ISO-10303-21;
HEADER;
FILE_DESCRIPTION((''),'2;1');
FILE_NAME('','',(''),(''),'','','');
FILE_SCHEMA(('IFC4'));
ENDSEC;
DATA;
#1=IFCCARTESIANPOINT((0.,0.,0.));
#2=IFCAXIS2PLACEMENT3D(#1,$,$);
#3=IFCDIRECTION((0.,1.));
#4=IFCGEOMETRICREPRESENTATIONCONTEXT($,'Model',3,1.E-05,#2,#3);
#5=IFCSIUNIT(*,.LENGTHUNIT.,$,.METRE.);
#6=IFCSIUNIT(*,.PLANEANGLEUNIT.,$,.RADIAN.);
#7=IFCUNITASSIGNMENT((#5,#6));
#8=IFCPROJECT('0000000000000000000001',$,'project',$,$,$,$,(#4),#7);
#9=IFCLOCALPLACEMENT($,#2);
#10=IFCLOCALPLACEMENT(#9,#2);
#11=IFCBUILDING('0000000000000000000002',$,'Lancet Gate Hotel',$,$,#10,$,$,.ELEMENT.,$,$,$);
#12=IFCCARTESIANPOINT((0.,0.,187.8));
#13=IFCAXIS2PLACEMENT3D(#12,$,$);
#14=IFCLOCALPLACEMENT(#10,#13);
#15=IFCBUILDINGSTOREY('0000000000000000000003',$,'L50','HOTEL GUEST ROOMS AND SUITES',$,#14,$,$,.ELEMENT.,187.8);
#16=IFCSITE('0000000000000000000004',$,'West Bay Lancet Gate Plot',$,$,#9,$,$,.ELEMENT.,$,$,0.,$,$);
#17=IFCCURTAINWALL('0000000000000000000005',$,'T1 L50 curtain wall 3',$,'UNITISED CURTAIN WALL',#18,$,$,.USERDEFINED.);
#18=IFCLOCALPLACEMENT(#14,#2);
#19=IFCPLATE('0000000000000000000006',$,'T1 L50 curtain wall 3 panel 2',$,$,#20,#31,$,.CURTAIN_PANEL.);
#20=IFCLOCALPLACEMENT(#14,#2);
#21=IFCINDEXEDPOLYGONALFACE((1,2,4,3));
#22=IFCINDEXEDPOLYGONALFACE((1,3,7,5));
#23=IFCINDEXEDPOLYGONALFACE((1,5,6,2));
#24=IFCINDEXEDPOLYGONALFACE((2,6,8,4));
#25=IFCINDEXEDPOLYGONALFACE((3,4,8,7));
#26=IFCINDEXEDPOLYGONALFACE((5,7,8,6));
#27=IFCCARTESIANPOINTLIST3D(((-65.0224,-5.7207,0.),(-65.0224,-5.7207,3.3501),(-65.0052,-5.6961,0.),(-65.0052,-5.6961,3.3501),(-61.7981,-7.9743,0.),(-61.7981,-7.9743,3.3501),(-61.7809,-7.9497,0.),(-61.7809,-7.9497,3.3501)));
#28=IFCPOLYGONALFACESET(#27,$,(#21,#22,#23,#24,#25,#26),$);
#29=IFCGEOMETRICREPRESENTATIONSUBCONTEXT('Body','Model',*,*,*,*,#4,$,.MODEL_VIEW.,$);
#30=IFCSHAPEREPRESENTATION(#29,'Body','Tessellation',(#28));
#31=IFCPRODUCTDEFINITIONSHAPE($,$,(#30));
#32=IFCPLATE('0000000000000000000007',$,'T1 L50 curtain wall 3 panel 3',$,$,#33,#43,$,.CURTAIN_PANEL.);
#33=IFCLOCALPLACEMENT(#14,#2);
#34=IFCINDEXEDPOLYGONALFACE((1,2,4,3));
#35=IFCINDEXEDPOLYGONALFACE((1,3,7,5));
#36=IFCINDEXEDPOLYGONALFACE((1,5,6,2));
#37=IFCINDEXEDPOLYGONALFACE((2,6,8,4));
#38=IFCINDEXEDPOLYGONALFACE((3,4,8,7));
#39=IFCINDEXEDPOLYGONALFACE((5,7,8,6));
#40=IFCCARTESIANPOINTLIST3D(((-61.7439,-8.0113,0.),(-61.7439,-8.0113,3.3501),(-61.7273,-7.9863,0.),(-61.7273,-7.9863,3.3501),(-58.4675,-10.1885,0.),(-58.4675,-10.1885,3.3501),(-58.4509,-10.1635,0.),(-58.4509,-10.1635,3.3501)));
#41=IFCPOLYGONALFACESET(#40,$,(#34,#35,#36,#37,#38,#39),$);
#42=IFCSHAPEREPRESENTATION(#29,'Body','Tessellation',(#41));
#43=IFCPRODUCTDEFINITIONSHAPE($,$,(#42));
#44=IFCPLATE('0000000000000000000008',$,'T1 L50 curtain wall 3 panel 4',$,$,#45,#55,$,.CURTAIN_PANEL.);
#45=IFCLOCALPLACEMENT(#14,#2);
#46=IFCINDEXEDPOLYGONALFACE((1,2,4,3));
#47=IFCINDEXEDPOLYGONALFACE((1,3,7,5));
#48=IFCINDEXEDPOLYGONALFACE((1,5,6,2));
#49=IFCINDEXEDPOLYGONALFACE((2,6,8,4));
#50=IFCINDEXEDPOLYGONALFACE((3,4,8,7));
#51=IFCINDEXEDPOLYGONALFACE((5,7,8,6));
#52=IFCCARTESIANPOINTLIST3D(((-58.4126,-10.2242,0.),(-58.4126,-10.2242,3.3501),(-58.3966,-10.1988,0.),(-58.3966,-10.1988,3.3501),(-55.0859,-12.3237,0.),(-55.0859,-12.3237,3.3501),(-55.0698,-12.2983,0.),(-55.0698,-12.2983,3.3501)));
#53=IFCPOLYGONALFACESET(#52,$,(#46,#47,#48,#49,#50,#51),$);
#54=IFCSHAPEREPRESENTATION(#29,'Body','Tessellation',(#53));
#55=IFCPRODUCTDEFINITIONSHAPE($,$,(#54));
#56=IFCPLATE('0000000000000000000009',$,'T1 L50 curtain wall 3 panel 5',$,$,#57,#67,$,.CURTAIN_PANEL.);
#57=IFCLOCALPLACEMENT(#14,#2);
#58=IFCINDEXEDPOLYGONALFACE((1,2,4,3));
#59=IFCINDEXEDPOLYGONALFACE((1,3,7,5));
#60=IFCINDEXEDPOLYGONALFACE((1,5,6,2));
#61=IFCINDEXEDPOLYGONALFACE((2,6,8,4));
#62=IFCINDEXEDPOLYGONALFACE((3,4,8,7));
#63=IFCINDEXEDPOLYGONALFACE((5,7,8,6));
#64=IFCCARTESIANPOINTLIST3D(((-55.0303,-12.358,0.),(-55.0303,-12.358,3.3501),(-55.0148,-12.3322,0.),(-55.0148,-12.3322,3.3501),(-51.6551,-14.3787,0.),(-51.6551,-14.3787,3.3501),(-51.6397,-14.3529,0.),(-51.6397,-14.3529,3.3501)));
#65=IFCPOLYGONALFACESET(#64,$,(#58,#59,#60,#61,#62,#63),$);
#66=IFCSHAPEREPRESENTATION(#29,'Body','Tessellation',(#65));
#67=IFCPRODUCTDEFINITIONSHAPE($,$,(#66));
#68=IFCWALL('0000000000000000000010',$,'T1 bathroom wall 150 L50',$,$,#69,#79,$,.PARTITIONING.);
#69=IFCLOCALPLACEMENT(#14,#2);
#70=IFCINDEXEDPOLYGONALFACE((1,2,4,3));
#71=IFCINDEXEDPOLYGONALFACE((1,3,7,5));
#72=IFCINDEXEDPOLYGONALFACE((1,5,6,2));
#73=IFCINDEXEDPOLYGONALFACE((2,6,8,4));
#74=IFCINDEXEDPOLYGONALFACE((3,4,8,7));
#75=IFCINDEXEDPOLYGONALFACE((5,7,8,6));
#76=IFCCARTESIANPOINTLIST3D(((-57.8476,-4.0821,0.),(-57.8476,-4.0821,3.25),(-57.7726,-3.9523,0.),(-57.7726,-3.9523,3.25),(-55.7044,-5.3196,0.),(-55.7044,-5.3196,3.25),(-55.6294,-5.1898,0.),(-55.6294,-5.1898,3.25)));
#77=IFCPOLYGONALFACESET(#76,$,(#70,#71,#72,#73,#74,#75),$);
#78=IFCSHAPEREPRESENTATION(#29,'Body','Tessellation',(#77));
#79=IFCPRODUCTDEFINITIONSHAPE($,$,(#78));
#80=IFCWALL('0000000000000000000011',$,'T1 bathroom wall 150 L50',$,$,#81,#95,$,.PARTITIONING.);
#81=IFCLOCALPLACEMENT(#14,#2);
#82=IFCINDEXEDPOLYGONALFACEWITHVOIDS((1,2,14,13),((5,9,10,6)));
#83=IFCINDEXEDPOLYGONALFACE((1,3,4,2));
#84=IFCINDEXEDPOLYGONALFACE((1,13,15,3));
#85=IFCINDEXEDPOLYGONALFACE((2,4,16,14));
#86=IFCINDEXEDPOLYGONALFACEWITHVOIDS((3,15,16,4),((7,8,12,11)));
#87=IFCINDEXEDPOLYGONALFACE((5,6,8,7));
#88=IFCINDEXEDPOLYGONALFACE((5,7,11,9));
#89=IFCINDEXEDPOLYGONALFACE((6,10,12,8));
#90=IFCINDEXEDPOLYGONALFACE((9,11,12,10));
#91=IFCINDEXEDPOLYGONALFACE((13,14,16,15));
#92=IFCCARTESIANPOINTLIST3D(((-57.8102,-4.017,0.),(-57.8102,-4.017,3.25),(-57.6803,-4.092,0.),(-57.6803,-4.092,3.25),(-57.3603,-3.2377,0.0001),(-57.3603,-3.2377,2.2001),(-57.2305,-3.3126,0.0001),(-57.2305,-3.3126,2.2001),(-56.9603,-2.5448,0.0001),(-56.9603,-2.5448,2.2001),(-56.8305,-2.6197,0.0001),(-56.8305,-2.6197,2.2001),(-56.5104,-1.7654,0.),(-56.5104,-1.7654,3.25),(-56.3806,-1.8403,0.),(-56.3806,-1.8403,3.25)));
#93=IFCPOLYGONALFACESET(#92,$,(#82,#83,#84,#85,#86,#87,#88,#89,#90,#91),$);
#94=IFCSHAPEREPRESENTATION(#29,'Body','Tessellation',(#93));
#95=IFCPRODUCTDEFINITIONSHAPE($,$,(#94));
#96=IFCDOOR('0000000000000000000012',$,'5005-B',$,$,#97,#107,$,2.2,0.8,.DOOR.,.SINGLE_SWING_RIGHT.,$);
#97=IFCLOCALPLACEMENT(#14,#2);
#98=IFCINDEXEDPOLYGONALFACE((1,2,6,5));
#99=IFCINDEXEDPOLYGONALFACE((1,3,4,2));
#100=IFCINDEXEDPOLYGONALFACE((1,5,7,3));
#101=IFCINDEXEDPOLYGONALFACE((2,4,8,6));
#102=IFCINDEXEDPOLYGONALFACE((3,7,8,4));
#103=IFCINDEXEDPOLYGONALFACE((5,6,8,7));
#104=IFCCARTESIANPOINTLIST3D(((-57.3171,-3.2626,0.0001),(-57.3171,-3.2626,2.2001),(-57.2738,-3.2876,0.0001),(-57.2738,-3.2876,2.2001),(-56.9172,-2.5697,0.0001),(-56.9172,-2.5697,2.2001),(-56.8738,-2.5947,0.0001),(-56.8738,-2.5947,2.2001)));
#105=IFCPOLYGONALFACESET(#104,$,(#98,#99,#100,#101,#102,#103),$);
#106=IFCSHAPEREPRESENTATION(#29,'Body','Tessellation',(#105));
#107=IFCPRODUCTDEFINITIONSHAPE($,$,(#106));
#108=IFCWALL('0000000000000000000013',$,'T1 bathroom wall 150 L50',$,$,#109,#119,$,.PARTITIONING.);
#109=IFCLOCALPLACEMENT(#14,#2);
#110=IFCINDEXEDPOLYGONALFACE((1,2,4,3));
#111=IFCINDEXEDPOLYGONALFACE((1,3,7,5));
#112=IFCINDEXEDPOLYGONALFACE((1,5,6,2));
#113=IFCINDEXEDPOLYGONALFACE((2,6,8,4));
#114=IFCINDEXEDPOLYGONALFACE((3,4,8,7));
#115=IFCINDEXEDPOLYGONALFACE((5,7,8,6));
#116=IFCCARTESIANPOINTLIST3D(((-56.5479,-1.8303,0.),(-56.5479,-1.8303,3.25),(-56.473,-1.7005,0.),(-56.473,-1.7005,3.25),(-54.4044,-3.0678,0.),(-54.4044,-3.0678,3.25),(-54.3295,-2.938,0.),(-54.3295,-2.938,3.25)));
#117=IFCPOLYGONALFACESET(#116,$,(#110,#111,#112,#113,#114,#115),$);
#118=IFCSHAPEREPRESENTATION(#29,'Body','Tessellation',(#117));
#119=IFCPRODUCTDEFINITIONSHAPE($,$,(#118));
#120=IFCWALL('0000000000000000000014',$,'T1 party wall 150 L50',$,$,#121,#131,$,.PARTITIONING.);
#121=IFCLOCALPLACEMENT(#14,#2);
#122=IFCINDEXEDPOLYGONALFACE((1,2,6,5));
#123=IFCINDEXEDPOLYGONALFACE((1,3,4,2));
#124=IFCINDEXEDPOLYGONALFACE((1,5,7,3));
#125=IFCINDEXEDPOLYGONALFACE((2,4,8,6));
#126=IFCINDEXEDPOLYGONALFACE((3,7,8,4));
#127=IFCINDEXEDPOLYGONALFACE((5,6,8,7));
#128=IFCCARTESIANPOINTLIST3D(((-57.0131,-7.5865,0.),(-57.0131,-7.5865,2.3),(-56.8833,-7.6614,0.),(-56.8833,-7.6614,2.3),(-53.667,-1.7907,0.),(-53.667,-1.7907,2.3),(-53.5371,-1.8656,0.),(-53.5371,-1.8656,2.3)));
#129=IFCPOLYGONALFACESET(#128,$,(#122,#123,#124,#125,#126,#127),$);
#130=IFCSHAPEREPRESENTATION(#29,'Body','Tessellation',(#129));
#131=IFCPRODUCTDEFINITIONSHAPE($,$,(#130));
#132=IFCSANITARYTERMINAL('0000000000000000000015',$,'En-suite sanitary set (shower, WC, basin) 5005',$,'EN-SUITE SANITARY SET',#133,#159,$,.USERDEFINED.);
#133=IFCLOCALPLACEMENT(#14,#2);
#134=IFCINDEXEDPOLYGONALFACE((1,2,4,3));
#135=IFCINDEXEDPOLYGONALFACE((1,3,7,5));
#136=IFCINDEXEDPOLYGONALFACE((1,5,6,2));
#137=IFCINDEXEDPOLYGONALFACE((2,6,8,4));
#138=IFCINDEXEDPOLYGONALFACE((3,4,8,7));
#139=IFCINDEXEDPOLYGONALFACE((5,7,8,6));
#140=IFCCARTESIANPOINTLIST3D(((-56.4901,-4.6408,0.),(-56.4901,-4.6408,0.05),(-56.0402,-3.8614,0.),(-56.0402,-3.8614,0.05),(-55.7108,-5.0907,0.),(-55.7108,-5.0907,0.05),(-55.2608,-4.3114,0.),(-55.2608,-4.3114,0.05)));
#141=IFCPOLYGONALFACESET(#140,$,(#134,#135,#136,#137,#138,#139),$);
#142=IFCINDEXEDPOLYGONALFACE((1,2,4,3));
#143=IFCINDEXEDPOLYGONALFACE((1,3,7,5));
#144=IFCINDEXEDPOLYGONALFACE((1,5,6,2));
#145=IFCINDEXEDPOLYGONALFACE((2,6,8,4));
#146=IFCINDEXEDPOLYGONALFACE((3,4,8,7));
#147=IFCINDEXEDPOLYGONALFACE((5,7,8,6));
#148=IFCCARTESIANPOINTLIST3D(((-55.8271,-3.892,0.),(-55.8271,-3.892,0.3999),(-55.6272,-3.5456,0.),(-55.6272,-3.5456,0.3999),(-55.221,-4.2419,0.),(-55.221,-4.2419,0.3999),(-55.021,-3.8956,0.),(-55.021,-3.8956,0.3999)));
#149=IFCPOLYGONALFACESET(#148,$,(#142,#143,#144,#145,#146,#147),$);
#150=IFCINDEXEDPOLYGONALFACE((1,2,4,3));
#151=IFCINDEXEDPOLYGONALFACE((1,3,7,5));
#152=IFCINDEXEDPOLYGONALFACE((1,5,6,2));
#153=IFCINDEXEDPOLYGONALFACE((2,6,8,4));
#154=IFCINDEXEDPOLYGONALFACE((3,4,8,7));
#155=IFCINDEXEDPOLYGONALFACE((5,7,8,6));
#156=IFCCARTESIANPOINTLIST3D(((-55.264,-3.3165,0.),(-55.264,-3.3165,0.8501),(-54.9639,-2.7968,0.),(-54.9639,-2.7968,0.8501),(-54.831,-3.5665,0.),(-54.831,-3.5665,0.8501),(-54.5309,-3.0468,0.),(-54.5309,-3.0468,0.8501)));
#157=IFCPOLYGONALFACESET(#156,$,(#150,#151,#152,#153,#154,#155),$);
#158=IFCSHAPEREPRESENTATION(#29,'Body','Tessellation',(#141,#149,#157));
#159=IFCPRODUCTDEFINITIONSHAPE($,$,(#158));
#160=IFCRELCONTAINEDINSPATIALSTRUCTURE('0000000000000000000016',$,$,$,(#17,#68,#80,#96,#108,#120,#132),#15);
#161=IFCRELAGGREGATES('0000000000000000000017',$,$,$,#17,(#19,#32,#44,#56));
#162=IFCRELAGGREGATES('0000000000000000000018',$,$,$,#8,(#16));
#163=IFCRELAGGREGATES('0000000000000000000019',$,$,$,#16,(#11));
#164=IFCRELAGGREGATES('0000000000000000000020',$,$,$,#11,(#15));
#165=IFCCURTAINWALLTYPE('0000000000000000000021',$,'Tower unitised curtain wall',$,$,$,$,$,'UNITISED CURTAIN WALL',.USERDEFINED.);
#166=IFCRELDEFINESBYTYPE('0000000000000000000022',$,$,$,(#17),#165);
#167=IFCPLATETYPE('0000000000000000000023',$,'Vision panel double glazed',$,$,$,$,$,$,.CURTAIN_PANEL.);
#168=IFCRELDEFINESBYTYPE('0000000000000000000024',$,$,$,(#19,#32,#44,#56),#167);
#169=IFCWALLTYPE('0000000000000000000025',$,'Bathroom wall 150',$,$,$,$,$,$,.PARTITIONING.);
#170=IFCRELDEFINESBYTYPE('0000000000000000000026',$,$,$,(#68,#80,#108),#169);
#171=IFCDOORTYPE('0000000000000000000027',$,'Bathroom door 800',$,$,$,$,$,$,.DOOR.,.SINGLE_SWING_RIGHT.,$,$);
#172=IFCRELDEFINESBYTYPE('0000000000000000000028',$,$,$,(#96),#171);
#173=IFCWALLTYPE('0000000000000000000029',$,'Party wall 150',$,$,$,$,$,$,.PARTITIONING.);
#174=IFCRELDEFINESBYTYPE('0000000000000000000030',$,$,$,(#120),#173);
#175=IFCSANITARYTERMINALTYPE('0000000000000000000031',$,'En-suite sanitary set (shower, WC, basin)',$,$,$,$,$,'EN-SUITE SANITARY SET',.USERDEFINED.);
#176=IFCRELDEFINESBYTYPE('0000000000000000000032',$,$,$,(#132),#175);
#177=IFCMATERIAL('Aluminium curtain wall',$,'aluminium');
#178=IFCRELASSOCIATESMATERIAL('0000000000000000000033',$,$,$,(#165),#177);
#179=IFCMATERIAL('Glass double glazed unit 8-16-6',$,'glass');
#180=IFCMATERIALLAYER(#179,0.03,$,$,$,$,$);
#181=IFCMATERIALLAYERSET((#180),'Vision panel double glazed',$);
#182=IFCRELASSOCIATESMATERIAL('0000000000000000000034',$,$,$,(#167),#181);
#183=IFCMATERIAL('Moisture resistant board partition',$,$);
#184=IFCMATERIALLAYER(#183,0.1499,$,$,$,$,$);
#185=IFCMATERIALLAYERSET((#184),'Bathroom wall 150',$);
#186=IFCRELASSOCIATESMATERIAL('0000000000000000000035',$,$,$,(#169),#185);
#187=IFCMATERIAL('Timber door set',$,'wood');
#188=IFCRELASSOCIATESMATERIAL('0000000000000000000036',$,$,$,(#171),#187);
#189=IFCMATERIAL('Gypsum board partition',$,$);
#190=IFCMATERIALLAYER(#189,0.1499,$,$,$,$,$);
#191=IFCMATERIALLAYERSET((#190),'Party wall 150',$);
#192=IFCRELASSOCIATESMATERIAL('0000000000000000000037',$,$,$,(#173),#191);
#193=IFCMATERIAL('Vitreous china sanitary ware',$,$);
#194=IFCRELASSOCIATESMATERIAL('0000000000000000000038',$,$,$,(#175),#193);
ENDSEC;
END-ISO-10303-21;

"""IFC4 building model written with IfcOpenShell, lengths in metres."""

from ifc_helpers import new_model, si_unit, direction, frame, frame_2d, origin, origin_2d, place, context, subcontext, project, spatial, rectangle, extrude, material, layer, layer_set, type_object, element, fill, aggregate, save


model = new_model("IFC4")

# Units and contexts
model_context = context("Model", 3, precision=1e-05, world=origin(), true_north=direction((0.0, 1.0)))
body_context = subcontext(model_context, "Body", "Model", "MODEL_VIEW")
ifc_project = project(units=[si_unit("LENGTHUNIT", "METRE"), si_unit("PLANEANGLEUNIT", "RADIAN")], contexts=[model_context])

# Site, building, storey
site_placement = place(None, origin())
site = spatial("IfcSite", under=ifc_project, at=site_placement, Name="West Bay Lancet Gate Plot", CompositionType="ELEMENT", RefElevation=0.0)
building_placement = place(site_placement, origin())
building = spatial("IfcBuilding", under=site, at=building_placement, Name="Lancet Gate Hotel", CompositionType="ELEMENT")
storey_placement = place(building_placement, frame((0.0, 0.0, 187.8)))
storey = spatial("IfcBuildingStorey", under=building, at=storey_placement, Name="L50", Description="HOTEL GUEST ROOMS AND SUITES", CompositionType="ELEMENT", Elevation=187.8)

# Curtain wall
ifc_material_1 = material(Name="Aluminium curtain wall", Category="aluminium")
curtain_wall_type = type_object("IfcCurtainWallType", Name="Tower unitised curtain wall", ElementType="UNITISED CURTAIN WALL", PredefinedType="USERDEFINED", material=ifc_material_1)
curtain_wall_placement = place(storey_placement, origin())
curtain_wall = element("IfcCurtainWall", 1, at=curtain_wall_placement, inside=storey, type_object=curtain_wall_type, Name="T1 L50 curtain wall 3", ObjectType="UNITISED CURTAIN WALL", PredefinedType="USERDEFINED")

# Plates
ifc_material_2 = material(Name="Glass double glazed unit 8-16-6", Category="glass")
ifc_layer_1 = layer(ifc_material_2, 0.03)
ifc_layer_set_1 = layer_set([ifc_layer_1], Name="Vision panel double glazed")
plate_type = type_object("IfcPlateType", Name="Vision panel double glazed", PredefinedType="CURTAIN_PANEL", material=ifc_layer_set_1)
plate_1_placement = place(storey_placement, frame((-63.4016, -6.8352, 0.0), z_axis=(0.0, 0.0, 1.0), x_axis=(0.819631, -0.572892, 0.0)))
plate_1 = element("IfcPlate", 2, at=plate_1_placement, type_object=plate_type, Name="T1 L50 curtain wall 3 panel 2", PredefinedType="CURTAIN_PANEL", context=body_context, shape_type="SweptSolid", body=[
    extrude(rectangle(XDim=3.9338, YDim=0.03, at=origin_2d()), origin(), (0.0, 0.0, 1.0), 3.3501),
])
plate_2_placement = place(storey_placement, frame((-60.0974, -9.0874, 0.0), z_axis=(0.0, 0.0, 1.0), x_axis=(0.832879, -0.553455, 0.0)))
plate_2 = element("IfcPlate", 3, at=plate_2_placement, type_object=plate_type, Name="T1 L50 curtain wall 3 panel 3", PredefinedType="CURTAIN_PANEL", context=body_context, shape_type="SweptSolid", body=[
    extrude(rectangle(XDim=3.9338, YDim=0.03, at=origin_2d()), origin(), (0.0, 0.0, 1.0), 3.3501),
])
plate_3_placement = place(storey_placement, frame((-56.7412, -11.2612, 0.0), z_axis=(0.0, 0.0, 1.0), x_axis=(0.845667, -0.533711, 0.0)))
plate_3 = element("IfcPlate", 4, at=plate_3_placement, type_object=plate_type, Name="T1 L50 curtain wall 3 panel 4", PredefinedType="CURTAIN_PANEL", context=body_context, shape_type="SweptSolid", body=[
    extrude(rectangle(XDim=3.9338, YDim=0.03, at=origin_2d()), origin(), (0.0, 0.0, 1.0), 3.3501),
])
plate_4_placement = place(storey_placement, frame((-53.335, -13.3555, 0.0), z_axis=(0.0, 0.0, 1.0), x_axis=(0.857987, -0.513672, 0.0)))
plate_4 = element("IfcPlate", 5, at=plate_4_placement, type_object=plate_type, Name="T1 L50 curtain wall 3 panel 5", PredefinedType="CURTAIN_PANEL", context=body_context, shape_type="SweptSolid", body=[
    extrude(rectangle(XDim=3.9338, YDim=0.03, at=origin_2d()), origin(), (0.0, 0.0, 1.0), 3.3501),
])
aggregate(curtain_wall, [plate_1, plate_2, plate_3, plate_4])

# Wall
ifc_material_3 = material(Name="Moisture resistant board partition")
ifc_layer_2 = layer(ifc_material_3, 0.1499)
ifc_layer_set_2 = layer_set([ifc_layer_2], Name="Bathroom wall 150")
wall_type_1 = type_object("IfcWallType", Name="Bathroom wall 150", PredefinedType="PARTITIONING", material=ifc_layer_set_2)
wall_1_placement = place(storey_placement, frame((-55.667, -5.2546, 0.0), z_axis=(0.0, 0.0, 1.0), x_axis=(-0.866007, 0.500033, 0.0)))
element("IfcWall", 6, at=wall_1_placement, inside=storey, type_object=wall_type_1, Name="T1 bathroom wall 150 L50", PredefinedType="PARTITIONING", context=body_context, shape_type="SweptSolid", body=[
    extrude(rectangle(XDim=2.4749, YDim=0.1499, at=frame_2d((1.2373, 0.0))), origin(), (0.0, 0.0, 1.0), 3.25),
])

# Wall, opening, door
wall_2_placement = place(storey_placement, frame((-56.4456, -1.803, 0.0), z_axis=(0.0, 0.0, 1.0), x_axis=(-0.499937, -0.866062, 0.0)))
wall_2 = element("IfcWall", 7, at=wall_2_placement, inside=storey, type_object=wall_type_1, Name="T1 bathroom wall 150 L50", PredefinedType="PARTITIONING", context=body_context, shape_type="SweptSolid", body=[
    extrude(rectangle(XDim=2.5999, YDim=0.1499, at=frame_2d((1.2998, 0.0))), origin(), (0.0, 0.0, 1.0), 3.25),
])
opening_placement = place(wall_2_placement, frame((0.8999, 0.0, 0.0)))
opening = element("IfcOpeningElement", 8, at=opening_placement, cuts=wall_2, PredefinedType="OPENING", context=body_context, shape_type="SweptSolid", body=[
    extrude(rectangle(XDim=0.8, YDim=2.2, at=frame_2d((0.3999, 1.1001))), frame((0.0, 0.085, 0.0), z_axis=(0.0, -1.0, 0.0), x_axis=(1.0, 0.0, 0.0)), (0.0, 0.0, 1.0), 0.1699),
])
ifc_material_4 = material(Name="Timber door set", Category="wood")
door_type = type_object("IfcDoorType", Name="Bathroom door 800", OperationType="SINGLE_SWING_RIGHT", PredefinedType="DOOR", material=ifc_material_4)
door_placement = place(opening_placement, origin())
door = element("IfcDoor", 9, at=door_placement, inside=storey, type_object=door_type, Name="5005-B", OperationType="SINGLE_SWING_RIGHT", OverallHeight=2.2, OverallWidth=0.8, PredefinedType="DOOR", context=body_context, shape_type="SweptSolid", body=[
    extrude(rectangle(XDim=0.8, YDim=2.2, at=frame_2d((0.3999, 1.1001))), frame((0.0, 0.0249, 0.0), z_axis=(0.0, -1.0, 0.0), x_axis=(1.0, 0.0, 0.0)), (0.0, 0.0, 1.0), 0.05),
])
fill(opening, door)

# Walls
wall_3_placement = place(storey_placement, frame((-54.3669, -3.0029, 0.0), z_axis=(0.0, 0.0, 1.0), x_axis=(-0.866031, 0.49999, 0.0)))
element("IfcWall", 10, at=wall_3_placement, inside=storey, type_object=wall_type_1, Name="T1 bathroom wall 150 L50", PredefinedType="PARTITIONING", context=body_context, shape_type="SweptSolid", body=[
    extrude(rectangle(XDim=2.4751, YDim=0.1499, at=frame_2d((1.2375, 0.0))), origin(), (0.0, 0.0, 1.0), 3.25),
])
ifc_material_5 = material(Name="Gypsum board partition")
ifc_layer_3 = layer(ifc_material_5, 0.1499)
ifc_layer_set_3 = layer_set([ifc_layer_3], Name="Party wall 150")
wall_type_2 = type_object("IfcWallType", Name="Party wall 150", PredefinedType="PARTITIONING", material=ifc_layer_set_3)
wall_4_placement = place(storey_placement, frame((-53.6021, -1.8281, 0.0), z_axis=(0.0, 0.0, 1.0), x_axis=(-0.499992, -0.86603, 0.0)))
element("IfcWall", 11, at=wall_4_placement, inside=storey, type_object=wall_type_2, Name="T1 party wall 150 L50", PredefinedType="PARTITIONING", context=body_context, shape_type="SweptSolid", body=[
    extrude(rectangle(XDim=6.6924, YDim=0.1499, at=frame_2d((3.3462, 0.0))), origin(), (0.0, 0.0, 1.0), 2.3),
])

# Sanitary terminal
ifc_material_6 = material(Name="Vitreous china sanitary ware")
sanitary_terminal_type = type_object("IfcSanitaryTerminalType", Name="En-suite sanitary set (shower, WC, basin)", ElementType="EN-SUITE SANITARY SET", PredefinedType="USERDEFINED", material=ifc_material_6)
sanitary_terminal_placement = place(storey_placement, frame((-55.8755, -4.4761, 0.0), z_axis=(0.0, 0.0, 1.0), x_axis=(1.0, 0.0, 0.0)))
element("IfcSanitaryTerminal", 12, at=sanitary_terminal_placement, inside=storey, type_object=sanitary_terminal_type, Name="En-suite sanitary set (shower, WC, basin) 5005", ObjectType="EN-SUITE SANITARY SET", PredefinedType="USERDEFINED", context=body_context, shape_type="SweptSolid", body=[
    extrude(rectangle(XDim=0.8999, YDim=0.8999, at=origin_2d()), frame((0.0, 0.0, 0.0), z_axis=(0.0, 0.0, 1.0), x_axis=(-0.5, -0.866025, 0.0)), (0.0, 0.0, 1.0), 0.05),
    extrude(rectangle(XDim=0.3999, YDim=0.7, at=origin_2d()), frame((0.4514, 0.5823, 0.0), z_axis=(0.0, 0.0, 1.0), x_axis=(-0.5, -0.866025, 0.0)), (0.0, 0.0, 1.0), 0.3999),
    extrude(rectangle(XDim=0.6001, YDim=0.5, at=origin_2d()), frame((0.978, 1.2944, 0.0), z_axis=(0.0, 0.0, 1.0), x_axis=(-0.5, -0.866025, 0.0)), (0.0, 0.0, 1.0), 0.8501),
])

save(model, "model.ifc")
